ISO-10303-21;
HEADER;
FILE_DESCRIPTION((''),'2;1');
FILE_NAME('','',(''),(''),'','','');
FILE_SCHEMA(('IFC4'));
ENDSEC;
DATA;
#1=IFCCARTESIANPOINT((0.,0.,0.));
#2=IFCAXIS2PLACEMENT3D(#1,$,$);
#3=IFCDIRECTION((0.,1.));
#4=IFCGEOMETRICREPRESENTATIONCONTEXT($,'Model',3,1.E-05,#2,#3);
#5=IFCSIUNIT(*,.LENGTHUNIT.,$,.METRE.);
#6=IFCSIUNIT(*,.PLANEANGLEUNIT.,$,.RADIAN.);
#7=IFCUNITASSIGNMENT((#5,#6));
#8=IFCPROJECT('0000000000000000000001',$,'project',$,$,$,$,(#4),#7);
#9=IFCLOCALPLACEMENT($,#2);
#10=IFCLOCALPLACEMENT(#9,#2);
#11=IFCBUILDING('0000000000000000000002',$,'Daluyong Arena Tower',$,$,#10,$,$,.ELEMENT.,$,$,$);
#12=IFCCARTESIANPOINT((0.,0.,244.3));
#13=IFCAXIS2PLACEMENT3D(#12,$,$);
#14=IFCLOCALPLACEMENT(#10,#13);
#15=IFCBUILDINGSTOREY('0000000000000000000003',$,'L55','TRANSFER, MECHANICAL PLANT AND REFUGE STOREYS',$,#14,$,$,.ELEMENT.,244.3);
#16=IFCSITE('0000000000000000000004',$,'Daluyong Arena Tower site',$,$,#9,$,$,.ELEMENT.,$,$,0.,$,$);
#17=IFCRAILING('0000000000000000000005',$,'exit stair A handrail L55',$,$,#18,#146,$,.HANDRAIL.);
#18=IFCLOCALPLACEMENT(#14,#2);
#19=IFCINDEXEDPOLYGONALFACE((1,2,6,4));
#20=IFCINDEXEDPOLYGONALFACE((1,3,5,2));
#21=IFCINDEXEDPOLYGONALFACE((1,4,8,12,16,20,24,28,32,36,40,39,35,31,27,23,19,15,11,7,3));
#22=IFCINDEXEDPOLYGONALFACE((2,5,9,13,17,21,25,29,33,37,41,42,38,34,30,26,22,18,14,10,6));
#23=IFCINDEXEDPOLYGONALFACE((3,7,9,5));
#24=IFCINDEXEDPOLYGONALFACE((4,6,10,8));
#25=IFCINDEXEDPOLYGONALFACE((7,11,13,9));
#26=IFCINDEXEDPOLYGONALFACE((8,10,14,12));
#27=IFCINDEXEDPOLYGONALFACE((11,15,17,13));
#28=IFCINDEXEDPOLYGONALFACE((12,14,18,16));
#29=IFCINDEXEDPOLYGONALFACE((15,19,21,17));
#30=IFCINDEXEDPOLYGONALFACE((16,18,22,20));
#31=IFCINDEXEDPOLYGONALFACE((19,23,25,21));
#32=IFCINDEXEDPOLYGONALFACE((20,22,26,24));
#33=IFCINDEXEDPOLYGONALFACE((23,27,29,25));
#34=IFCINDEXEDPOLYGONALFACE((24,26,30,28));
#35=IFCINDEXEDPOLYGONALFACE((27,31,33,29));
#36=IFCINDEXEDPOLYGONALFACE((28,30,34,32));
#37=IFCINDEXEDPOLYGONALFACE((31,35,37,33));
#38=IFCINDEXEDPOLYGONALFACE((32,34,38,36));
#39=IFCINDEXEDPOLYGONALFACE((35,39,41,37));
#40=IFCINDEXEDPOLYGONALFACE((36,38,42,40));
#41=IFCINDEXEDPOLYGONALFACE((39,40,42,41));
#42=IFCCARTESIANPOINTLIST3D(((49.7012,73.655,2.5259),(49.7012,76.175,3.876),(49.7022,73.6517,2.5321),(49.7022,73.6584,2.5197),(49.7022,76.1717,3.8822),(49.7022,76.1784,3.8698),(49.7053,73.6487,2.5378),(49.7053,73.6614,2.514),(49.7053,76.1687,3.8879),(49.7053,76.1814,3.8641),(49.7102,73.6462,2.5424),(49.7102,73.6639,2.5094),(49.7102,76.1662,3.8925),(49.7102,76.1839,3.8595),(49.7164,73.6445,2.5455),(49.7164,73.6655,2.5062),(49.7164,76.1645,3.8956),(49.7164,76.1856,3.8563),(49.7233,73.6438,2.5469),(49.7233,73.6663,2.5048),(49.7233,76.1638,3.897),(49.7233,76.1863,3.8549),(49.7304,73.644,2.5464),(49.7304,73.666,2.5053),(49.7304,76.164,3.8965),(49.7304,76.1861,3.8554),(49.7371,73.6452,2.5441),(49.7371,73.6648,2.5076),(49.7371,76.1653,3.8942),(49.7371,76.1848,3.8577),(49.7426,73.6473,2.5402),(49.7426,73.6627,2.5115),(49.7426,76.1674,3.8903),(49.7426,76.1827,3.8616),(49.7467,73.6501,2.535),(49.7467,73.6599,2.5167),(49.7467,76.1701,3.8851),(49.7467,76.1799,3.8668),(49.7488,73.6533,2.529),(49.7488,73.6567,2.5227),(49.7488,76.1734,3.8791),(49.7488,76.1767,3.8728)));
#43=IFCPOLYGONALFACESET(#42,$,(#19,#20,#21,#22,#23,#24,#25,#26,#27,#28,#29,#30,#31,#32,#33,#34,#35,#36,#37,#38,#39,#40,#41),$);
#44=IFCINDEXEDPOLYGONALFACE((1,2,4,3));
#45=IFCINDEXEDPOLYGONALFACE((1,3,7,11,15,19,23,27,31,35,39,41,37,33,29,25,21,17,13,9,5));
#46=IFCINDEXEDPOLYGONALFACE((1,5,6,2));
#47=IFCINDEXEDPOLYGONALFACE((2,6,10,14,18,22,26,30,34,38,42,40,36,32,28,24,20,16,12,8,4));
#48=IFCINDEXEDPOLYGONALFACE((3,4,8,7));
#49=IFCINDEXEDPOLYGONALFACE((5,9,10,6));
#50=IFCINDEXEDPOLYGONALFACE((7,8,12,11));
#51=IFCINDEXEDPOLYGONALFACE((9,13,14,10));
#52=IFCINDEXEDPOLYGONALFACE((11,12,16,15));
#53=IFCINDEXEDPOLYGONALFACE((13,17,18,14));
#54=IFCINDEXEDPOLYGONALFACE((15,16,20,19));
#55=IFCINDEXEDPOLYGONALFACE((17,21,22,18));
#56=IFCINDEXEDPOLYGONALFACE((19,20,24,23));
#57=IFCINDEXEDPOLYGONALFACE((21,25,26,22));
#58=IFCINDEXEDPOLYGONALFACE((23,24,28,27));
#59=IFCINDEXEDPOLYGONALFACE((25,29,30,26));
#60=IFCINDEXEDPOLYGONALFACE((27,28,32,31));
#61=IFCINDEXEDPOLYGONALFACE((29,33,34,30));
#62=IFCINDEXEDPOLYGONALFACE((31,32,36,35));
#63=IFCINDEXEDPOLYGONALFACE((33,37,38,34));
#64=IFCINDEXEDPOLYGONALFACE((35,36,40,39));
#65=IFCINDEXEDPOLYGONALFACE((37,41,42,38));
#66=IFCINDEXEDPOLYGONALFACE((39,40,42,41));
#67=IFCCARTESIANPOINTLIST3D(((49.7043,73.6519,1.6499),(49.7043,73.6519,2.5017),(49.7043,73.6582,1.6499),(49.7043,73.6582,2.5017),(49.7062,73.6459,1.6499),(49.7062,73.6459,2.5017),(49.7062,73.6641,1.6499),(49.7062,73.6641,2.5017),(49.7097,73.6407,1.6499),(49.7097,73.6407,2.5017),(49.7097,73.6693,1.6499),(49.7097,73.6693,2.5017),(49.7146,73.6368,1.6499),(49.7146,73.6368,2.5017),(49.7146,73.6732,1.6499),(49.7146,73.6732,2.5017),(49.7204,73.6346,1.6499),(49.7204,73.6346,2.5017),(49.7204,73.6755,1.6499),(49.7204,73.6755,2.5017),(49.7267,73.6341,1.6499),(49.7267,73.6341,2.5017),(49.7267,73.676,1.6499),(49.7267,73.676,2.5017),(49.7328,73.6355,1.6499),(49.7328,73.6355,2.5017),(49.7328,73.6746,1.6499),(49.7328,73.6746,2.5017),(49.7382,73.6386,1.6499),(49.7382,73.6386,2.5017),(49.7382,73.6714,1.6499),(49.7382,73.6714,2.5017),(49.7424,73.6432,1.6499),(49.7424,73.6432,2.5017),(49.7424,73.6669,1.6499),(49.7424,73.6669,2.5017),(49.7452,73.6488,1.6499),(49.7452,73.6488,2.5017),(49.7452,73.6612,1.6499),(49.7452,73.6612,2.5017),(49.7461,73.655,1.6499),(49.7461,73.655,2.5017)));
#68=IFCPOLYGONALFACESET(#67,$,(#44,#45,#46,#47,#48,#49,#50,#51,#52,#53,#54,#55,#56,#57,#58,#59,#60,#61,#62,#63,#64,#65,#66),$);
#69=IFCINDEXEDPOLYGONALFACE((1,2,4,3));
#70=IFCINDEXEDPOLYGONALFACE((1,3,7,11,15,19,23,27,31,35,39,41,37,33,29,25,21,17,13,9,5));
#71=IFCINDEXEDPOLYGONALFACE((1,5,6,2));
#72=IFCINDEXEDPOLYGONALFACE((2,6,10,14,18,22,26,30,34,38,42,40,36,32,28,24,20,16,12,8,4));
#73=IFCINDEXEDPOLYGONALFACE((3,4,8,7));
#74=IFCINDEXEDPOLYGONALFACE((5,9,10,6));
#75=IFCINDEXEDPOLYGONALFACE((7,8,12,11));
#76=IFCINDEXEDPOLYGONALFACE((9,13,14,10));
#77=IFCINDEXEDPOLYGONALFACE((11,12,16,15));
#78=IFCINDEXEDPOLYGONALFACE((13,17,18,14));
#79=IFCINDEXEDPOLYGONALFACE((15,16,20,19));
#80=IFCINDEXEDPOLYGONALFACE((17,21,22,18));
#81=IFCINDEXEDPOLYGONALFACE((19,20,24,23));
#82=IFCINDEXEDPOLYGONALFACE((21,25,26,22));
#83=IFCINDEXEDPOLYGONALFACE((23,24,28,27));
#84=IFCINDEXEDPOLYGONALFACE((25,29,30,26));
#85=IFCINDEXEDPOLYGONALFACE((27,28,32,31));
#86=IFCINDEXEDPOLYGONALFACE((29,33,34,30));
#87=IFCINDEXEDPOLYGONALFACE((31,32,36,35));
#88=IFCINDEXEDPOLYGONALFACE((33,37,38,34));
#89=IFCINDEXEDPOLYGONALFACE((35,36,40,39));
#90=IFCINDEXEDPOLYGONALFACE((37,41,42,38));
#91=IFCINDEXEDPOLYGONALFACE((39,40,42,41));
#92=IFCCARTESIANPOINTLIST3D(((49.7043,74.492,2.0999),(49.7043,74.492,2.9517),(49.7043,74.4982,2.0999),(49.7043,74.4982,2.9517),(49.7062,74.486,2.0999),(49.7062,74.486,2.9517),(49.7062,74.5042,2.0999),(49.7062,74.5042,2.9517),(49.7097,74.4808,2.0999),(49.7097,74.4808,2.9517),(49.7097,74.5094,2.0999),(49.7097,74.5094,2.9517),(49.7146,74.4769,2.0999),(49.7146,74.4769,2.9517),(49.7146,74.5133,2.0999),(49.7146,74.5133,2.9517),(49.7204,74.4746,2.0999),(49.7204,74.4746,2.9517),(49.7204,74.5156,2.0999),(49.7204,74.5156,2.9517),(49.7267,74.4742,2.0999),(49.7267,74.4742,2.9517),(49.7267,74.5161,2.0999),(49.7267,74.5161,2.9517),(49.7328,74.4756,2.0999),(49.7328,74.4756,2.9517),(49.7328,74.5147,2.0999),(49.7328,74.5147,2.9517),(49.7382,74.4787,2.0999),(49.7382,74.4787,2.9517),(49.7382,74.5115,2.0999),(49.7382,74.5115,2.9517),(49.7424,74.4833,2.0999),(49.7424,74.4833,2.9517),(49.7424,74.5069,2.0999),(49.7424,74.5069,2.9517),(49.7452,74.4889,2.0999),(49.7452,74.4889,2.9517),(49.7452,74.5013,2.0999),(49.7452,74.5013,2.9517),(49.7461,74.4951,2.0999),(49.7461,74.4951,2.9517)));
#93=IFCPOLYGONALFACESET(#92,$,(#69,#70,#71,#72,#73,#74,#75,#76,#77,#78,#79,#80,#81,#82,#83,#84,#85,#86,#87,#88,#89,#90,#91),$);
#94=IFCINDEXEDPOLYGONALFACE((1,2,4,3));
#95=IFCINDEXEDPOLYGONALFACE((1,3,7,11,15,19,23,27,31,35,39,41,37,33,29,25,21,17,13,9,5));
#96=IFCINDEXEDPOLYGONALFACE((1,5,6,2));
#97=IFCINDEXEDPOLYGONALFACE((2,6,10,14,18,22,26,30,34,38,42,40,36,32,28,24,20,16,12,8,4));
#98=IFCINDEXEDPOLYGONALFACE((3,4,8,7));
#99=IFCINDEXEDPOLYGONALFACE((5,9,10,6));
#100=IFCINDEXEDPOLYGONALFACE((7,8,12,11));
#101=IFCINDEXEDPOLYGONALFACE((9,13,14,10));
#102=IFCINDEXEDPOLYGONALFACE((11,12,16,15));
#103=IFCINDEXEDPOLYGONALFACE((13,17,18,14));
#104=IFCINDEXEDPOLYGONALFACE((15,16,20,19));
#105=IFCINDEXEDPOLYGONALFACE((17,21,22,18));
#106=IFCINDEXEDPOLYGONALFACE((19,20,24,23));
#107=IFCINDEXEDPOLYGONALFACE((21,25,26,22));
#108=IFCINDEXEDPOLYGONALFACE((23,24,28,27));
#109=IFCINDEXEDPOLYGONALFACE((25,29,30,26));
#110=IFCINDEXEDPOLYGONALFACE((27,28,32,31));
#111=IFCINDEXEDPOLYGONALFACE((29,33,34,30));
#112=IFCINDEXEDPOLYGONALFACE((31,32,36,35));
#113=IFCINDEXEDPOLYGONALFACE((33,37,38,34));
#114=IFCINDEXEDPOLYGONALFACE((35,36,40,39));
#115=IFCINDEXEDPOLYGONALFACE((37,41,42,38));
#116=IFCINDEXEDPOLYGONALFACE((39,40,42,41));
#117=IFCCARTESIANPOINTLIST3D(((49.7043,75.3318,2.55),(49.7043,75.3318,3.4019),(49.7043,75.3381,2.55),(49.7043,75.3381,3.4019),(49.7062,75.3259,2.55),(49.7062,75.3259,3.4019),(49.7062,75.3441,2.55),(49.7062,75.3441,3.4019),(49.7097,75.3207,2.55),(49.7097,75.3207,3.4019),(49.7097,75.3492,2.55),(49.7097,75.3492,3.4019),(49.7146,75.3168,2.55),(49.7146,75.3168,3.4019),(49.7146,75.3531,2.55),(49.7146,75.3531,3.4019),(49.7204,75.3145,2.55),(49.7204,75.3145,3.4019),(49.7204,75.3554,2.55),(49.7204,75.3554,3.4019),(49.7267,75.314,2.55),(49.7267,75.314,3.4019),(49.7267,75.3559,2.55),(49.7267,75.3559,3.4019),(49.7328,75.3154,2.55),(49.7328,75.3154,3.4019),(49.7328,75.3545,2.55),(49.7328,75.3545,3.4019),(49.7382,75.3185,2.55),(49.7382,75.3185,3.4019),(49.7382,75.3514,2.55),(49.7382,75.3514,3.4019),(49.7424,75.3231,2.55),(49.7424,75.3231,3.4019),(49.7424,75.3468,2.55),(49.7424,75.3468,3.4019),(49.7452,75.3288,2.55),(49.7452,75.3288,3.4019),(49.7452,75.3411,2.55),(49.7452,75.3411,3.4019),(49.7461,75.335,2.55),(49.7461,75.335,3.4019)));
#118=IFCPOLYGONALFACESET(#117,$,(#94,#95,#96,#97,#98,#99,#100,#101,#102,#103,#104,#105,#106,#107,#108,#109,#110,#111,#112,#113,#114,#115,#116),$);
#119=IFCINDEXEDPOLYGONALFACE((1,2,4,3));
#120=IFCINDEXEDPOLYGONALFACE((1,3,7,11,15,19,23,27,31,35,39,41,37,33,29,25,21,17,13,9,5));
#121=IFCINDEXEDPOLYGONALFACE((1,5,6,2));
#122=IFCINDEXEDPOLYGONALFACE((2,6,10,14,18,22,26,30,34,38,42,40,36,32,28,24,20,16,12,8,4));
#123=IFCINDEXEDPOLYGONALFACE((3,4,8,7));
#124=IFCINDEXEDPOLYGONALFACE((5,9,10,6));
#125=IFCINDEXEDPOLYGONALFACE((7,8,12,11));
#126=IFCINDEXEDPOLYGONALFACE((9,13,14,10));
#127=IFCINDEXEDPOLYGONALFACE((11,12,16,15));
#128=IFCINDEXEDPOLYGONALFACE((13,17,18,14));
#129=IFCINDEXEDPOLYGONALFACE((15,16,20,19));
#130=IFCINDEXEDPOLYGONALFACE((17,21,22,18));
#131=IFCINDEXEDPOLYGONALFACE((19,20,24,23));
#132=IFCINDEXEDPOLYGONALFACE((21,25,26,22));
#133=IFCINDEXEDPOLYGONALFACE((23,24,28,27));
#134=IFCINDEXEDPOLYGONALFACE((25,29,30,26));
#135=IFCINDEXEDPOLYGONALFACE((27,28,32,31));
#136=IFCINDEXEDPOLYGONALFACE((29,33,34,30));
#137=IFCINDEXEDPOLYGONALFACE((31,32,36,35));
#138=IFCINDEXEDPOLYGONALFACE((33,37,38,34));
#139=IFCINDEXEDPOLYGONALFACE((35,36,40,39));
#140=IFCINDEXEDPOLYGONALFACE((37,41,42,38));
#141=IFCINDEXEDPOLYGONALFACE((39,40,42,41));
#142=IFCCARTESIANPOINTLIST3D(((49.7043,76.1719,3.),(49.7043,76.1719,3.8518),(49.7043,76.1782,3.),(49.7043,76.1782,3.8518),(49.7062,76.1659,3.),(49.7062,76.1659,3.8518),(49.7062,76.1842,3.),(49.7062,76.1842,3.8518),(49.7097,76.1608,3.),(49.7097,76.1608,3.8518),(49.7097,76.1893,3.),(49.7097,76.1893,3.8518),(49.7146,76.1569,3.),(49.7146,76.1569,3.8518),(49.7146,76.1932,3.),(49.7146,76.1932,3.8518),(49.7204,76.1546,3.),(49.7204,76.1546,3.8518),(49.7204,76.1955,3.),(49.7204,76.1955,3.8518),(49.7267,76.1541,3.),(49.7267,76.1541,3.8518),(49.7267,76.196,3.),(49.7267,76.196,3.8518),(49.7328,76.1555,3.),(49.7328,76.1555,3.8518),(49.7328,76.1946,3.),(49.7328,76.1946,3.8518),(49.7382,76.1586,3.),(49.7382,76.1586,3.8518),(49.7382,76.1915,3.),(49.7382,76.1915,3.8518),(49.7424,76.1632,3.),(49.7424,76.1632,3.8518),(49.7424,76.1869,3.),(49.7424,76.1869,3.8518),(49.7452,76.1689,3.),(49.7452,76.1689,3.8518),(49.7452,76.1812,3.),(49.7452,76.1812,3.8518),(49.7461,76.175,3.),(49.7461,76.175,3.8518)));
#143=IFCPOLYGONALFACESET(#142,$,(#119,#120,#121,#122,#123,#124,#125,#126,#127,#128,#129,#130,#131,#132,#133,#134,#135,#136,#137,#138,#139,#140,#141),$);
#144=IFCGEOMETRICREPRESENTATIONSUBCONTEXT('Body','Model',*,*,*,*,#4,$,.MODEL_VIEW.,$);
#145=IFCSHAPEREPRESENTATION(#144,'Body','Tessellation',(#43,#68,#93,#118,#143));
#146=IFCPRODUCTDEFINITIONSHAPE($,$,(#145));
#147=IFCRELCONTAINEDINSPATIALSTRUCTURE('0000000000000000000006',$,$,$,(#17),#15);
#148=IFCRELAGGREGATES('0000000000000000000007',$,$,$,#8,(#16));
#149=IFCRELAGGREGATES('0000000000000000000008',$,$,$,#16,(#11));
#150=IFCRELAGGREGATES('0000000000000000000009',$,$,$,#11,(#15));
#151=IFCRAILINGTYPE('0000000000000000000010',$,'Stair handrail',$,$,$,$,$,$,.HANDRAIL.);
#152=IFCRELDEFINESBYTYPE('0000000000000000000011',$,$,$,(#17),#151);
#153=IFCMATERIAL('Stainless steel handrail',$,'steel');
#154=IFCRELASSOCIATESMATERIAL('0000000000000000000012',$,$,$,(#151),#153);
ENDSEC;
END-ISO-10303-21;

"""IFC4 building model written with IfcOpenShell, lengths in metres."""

from ifc_helpers import new_model, si_unit, direction, frame, origin, origin_2d, place, context, subcontext, project, spatial, circle, extrude, material, type_object, element, save


model = new_model("IFC4")

# Units and contexts
model_context = context("Model", 3, precision=1e-05, world=origin(), true_north=direction((0.0, 1.0)))
body_context = subcontext(model_context, "Body", "Model", "MODEL_VIEW")
ifc_project = project(units=[si_unit("LENGTHUNIT", "METRE"), si_unit("PLANEANGLEUNIT", "RADIAN")], contexts=[model_context])

# Site, building, storey
site_placement = place(None, origin())
site = spatial("IfcSite", under=ifc_project, at=site_placement, Name="Daluyong Arena Tower site", CompositionType="ELEMENT", RefElevation=0.0)
building_placement = place(site_placement, origin())
building = spatial("IfcBuilding", under=site, at=building_placement, Name="Daluyong Arena Tower", CompositionType="ELEMENT")
storey_placement = place(building_placement, frame((0.0, 0.0, 244.3)))
storey = spatial("IfcBuildingStorey", under=building, at=storey_placement, Name="L55", Description="TRANSFER, MECHANICAL PLANT AND REFUGE STOREYS", CompositionType="ELEMENT", Elevation=244.3)

# Railing
ifc_material_1 = material(Name="Stainless steel handrail", Category="steel")
railing_type_1 = type_object("IfcRailingType", Name="Stair handrail", PredefinedType="HANDRAIL", material=ifc_material_1)
railing_1_placement = place(storey_placement, frame((49.7251, 73.655, 1.6499)))
element("IfcRailing", 1, at=railing_1_placement, inside=storey, type_object=railing_type_1, Name="exit stair A handrail L55", PredefinedType="HANDRAIL", context=body_context, shape_type="SweptSolid", body=[
    extrude(circle(Radius=0.0239, at=origin_2d()), frame((0.0, 0.0, 0.876), z_axis=(0.0, 0.881467, 0.472245), x_axis=(-1.0, 0.0, 0.0)), (0.0, 0.0, 1.0), 2.8589),
    extrude(circle(Radius=0.021, at=origin_2d()), origin(), (0.0, 0.0, 1.0), 0.8518),
    extrude(circle(Radius=0.021, at=origin_2d()), frame((0.0, 0.8401, 0.45)), (0.0, 0.0, 1.0), 0.8518),
    extrude(circle(Radius=0.021, at=origin_2d()), frame((0.0, 1.6799, 0.9001)), (0.0, 0.0, 1.0), 0.8518),
    extrude(circle(Radius=0.021, at=origin_2d()), frame((0.0, 2.52, 1.3501)), (0.0, 0.0, 1.0), 0.8518),
])

save(model, "model.ifc")
